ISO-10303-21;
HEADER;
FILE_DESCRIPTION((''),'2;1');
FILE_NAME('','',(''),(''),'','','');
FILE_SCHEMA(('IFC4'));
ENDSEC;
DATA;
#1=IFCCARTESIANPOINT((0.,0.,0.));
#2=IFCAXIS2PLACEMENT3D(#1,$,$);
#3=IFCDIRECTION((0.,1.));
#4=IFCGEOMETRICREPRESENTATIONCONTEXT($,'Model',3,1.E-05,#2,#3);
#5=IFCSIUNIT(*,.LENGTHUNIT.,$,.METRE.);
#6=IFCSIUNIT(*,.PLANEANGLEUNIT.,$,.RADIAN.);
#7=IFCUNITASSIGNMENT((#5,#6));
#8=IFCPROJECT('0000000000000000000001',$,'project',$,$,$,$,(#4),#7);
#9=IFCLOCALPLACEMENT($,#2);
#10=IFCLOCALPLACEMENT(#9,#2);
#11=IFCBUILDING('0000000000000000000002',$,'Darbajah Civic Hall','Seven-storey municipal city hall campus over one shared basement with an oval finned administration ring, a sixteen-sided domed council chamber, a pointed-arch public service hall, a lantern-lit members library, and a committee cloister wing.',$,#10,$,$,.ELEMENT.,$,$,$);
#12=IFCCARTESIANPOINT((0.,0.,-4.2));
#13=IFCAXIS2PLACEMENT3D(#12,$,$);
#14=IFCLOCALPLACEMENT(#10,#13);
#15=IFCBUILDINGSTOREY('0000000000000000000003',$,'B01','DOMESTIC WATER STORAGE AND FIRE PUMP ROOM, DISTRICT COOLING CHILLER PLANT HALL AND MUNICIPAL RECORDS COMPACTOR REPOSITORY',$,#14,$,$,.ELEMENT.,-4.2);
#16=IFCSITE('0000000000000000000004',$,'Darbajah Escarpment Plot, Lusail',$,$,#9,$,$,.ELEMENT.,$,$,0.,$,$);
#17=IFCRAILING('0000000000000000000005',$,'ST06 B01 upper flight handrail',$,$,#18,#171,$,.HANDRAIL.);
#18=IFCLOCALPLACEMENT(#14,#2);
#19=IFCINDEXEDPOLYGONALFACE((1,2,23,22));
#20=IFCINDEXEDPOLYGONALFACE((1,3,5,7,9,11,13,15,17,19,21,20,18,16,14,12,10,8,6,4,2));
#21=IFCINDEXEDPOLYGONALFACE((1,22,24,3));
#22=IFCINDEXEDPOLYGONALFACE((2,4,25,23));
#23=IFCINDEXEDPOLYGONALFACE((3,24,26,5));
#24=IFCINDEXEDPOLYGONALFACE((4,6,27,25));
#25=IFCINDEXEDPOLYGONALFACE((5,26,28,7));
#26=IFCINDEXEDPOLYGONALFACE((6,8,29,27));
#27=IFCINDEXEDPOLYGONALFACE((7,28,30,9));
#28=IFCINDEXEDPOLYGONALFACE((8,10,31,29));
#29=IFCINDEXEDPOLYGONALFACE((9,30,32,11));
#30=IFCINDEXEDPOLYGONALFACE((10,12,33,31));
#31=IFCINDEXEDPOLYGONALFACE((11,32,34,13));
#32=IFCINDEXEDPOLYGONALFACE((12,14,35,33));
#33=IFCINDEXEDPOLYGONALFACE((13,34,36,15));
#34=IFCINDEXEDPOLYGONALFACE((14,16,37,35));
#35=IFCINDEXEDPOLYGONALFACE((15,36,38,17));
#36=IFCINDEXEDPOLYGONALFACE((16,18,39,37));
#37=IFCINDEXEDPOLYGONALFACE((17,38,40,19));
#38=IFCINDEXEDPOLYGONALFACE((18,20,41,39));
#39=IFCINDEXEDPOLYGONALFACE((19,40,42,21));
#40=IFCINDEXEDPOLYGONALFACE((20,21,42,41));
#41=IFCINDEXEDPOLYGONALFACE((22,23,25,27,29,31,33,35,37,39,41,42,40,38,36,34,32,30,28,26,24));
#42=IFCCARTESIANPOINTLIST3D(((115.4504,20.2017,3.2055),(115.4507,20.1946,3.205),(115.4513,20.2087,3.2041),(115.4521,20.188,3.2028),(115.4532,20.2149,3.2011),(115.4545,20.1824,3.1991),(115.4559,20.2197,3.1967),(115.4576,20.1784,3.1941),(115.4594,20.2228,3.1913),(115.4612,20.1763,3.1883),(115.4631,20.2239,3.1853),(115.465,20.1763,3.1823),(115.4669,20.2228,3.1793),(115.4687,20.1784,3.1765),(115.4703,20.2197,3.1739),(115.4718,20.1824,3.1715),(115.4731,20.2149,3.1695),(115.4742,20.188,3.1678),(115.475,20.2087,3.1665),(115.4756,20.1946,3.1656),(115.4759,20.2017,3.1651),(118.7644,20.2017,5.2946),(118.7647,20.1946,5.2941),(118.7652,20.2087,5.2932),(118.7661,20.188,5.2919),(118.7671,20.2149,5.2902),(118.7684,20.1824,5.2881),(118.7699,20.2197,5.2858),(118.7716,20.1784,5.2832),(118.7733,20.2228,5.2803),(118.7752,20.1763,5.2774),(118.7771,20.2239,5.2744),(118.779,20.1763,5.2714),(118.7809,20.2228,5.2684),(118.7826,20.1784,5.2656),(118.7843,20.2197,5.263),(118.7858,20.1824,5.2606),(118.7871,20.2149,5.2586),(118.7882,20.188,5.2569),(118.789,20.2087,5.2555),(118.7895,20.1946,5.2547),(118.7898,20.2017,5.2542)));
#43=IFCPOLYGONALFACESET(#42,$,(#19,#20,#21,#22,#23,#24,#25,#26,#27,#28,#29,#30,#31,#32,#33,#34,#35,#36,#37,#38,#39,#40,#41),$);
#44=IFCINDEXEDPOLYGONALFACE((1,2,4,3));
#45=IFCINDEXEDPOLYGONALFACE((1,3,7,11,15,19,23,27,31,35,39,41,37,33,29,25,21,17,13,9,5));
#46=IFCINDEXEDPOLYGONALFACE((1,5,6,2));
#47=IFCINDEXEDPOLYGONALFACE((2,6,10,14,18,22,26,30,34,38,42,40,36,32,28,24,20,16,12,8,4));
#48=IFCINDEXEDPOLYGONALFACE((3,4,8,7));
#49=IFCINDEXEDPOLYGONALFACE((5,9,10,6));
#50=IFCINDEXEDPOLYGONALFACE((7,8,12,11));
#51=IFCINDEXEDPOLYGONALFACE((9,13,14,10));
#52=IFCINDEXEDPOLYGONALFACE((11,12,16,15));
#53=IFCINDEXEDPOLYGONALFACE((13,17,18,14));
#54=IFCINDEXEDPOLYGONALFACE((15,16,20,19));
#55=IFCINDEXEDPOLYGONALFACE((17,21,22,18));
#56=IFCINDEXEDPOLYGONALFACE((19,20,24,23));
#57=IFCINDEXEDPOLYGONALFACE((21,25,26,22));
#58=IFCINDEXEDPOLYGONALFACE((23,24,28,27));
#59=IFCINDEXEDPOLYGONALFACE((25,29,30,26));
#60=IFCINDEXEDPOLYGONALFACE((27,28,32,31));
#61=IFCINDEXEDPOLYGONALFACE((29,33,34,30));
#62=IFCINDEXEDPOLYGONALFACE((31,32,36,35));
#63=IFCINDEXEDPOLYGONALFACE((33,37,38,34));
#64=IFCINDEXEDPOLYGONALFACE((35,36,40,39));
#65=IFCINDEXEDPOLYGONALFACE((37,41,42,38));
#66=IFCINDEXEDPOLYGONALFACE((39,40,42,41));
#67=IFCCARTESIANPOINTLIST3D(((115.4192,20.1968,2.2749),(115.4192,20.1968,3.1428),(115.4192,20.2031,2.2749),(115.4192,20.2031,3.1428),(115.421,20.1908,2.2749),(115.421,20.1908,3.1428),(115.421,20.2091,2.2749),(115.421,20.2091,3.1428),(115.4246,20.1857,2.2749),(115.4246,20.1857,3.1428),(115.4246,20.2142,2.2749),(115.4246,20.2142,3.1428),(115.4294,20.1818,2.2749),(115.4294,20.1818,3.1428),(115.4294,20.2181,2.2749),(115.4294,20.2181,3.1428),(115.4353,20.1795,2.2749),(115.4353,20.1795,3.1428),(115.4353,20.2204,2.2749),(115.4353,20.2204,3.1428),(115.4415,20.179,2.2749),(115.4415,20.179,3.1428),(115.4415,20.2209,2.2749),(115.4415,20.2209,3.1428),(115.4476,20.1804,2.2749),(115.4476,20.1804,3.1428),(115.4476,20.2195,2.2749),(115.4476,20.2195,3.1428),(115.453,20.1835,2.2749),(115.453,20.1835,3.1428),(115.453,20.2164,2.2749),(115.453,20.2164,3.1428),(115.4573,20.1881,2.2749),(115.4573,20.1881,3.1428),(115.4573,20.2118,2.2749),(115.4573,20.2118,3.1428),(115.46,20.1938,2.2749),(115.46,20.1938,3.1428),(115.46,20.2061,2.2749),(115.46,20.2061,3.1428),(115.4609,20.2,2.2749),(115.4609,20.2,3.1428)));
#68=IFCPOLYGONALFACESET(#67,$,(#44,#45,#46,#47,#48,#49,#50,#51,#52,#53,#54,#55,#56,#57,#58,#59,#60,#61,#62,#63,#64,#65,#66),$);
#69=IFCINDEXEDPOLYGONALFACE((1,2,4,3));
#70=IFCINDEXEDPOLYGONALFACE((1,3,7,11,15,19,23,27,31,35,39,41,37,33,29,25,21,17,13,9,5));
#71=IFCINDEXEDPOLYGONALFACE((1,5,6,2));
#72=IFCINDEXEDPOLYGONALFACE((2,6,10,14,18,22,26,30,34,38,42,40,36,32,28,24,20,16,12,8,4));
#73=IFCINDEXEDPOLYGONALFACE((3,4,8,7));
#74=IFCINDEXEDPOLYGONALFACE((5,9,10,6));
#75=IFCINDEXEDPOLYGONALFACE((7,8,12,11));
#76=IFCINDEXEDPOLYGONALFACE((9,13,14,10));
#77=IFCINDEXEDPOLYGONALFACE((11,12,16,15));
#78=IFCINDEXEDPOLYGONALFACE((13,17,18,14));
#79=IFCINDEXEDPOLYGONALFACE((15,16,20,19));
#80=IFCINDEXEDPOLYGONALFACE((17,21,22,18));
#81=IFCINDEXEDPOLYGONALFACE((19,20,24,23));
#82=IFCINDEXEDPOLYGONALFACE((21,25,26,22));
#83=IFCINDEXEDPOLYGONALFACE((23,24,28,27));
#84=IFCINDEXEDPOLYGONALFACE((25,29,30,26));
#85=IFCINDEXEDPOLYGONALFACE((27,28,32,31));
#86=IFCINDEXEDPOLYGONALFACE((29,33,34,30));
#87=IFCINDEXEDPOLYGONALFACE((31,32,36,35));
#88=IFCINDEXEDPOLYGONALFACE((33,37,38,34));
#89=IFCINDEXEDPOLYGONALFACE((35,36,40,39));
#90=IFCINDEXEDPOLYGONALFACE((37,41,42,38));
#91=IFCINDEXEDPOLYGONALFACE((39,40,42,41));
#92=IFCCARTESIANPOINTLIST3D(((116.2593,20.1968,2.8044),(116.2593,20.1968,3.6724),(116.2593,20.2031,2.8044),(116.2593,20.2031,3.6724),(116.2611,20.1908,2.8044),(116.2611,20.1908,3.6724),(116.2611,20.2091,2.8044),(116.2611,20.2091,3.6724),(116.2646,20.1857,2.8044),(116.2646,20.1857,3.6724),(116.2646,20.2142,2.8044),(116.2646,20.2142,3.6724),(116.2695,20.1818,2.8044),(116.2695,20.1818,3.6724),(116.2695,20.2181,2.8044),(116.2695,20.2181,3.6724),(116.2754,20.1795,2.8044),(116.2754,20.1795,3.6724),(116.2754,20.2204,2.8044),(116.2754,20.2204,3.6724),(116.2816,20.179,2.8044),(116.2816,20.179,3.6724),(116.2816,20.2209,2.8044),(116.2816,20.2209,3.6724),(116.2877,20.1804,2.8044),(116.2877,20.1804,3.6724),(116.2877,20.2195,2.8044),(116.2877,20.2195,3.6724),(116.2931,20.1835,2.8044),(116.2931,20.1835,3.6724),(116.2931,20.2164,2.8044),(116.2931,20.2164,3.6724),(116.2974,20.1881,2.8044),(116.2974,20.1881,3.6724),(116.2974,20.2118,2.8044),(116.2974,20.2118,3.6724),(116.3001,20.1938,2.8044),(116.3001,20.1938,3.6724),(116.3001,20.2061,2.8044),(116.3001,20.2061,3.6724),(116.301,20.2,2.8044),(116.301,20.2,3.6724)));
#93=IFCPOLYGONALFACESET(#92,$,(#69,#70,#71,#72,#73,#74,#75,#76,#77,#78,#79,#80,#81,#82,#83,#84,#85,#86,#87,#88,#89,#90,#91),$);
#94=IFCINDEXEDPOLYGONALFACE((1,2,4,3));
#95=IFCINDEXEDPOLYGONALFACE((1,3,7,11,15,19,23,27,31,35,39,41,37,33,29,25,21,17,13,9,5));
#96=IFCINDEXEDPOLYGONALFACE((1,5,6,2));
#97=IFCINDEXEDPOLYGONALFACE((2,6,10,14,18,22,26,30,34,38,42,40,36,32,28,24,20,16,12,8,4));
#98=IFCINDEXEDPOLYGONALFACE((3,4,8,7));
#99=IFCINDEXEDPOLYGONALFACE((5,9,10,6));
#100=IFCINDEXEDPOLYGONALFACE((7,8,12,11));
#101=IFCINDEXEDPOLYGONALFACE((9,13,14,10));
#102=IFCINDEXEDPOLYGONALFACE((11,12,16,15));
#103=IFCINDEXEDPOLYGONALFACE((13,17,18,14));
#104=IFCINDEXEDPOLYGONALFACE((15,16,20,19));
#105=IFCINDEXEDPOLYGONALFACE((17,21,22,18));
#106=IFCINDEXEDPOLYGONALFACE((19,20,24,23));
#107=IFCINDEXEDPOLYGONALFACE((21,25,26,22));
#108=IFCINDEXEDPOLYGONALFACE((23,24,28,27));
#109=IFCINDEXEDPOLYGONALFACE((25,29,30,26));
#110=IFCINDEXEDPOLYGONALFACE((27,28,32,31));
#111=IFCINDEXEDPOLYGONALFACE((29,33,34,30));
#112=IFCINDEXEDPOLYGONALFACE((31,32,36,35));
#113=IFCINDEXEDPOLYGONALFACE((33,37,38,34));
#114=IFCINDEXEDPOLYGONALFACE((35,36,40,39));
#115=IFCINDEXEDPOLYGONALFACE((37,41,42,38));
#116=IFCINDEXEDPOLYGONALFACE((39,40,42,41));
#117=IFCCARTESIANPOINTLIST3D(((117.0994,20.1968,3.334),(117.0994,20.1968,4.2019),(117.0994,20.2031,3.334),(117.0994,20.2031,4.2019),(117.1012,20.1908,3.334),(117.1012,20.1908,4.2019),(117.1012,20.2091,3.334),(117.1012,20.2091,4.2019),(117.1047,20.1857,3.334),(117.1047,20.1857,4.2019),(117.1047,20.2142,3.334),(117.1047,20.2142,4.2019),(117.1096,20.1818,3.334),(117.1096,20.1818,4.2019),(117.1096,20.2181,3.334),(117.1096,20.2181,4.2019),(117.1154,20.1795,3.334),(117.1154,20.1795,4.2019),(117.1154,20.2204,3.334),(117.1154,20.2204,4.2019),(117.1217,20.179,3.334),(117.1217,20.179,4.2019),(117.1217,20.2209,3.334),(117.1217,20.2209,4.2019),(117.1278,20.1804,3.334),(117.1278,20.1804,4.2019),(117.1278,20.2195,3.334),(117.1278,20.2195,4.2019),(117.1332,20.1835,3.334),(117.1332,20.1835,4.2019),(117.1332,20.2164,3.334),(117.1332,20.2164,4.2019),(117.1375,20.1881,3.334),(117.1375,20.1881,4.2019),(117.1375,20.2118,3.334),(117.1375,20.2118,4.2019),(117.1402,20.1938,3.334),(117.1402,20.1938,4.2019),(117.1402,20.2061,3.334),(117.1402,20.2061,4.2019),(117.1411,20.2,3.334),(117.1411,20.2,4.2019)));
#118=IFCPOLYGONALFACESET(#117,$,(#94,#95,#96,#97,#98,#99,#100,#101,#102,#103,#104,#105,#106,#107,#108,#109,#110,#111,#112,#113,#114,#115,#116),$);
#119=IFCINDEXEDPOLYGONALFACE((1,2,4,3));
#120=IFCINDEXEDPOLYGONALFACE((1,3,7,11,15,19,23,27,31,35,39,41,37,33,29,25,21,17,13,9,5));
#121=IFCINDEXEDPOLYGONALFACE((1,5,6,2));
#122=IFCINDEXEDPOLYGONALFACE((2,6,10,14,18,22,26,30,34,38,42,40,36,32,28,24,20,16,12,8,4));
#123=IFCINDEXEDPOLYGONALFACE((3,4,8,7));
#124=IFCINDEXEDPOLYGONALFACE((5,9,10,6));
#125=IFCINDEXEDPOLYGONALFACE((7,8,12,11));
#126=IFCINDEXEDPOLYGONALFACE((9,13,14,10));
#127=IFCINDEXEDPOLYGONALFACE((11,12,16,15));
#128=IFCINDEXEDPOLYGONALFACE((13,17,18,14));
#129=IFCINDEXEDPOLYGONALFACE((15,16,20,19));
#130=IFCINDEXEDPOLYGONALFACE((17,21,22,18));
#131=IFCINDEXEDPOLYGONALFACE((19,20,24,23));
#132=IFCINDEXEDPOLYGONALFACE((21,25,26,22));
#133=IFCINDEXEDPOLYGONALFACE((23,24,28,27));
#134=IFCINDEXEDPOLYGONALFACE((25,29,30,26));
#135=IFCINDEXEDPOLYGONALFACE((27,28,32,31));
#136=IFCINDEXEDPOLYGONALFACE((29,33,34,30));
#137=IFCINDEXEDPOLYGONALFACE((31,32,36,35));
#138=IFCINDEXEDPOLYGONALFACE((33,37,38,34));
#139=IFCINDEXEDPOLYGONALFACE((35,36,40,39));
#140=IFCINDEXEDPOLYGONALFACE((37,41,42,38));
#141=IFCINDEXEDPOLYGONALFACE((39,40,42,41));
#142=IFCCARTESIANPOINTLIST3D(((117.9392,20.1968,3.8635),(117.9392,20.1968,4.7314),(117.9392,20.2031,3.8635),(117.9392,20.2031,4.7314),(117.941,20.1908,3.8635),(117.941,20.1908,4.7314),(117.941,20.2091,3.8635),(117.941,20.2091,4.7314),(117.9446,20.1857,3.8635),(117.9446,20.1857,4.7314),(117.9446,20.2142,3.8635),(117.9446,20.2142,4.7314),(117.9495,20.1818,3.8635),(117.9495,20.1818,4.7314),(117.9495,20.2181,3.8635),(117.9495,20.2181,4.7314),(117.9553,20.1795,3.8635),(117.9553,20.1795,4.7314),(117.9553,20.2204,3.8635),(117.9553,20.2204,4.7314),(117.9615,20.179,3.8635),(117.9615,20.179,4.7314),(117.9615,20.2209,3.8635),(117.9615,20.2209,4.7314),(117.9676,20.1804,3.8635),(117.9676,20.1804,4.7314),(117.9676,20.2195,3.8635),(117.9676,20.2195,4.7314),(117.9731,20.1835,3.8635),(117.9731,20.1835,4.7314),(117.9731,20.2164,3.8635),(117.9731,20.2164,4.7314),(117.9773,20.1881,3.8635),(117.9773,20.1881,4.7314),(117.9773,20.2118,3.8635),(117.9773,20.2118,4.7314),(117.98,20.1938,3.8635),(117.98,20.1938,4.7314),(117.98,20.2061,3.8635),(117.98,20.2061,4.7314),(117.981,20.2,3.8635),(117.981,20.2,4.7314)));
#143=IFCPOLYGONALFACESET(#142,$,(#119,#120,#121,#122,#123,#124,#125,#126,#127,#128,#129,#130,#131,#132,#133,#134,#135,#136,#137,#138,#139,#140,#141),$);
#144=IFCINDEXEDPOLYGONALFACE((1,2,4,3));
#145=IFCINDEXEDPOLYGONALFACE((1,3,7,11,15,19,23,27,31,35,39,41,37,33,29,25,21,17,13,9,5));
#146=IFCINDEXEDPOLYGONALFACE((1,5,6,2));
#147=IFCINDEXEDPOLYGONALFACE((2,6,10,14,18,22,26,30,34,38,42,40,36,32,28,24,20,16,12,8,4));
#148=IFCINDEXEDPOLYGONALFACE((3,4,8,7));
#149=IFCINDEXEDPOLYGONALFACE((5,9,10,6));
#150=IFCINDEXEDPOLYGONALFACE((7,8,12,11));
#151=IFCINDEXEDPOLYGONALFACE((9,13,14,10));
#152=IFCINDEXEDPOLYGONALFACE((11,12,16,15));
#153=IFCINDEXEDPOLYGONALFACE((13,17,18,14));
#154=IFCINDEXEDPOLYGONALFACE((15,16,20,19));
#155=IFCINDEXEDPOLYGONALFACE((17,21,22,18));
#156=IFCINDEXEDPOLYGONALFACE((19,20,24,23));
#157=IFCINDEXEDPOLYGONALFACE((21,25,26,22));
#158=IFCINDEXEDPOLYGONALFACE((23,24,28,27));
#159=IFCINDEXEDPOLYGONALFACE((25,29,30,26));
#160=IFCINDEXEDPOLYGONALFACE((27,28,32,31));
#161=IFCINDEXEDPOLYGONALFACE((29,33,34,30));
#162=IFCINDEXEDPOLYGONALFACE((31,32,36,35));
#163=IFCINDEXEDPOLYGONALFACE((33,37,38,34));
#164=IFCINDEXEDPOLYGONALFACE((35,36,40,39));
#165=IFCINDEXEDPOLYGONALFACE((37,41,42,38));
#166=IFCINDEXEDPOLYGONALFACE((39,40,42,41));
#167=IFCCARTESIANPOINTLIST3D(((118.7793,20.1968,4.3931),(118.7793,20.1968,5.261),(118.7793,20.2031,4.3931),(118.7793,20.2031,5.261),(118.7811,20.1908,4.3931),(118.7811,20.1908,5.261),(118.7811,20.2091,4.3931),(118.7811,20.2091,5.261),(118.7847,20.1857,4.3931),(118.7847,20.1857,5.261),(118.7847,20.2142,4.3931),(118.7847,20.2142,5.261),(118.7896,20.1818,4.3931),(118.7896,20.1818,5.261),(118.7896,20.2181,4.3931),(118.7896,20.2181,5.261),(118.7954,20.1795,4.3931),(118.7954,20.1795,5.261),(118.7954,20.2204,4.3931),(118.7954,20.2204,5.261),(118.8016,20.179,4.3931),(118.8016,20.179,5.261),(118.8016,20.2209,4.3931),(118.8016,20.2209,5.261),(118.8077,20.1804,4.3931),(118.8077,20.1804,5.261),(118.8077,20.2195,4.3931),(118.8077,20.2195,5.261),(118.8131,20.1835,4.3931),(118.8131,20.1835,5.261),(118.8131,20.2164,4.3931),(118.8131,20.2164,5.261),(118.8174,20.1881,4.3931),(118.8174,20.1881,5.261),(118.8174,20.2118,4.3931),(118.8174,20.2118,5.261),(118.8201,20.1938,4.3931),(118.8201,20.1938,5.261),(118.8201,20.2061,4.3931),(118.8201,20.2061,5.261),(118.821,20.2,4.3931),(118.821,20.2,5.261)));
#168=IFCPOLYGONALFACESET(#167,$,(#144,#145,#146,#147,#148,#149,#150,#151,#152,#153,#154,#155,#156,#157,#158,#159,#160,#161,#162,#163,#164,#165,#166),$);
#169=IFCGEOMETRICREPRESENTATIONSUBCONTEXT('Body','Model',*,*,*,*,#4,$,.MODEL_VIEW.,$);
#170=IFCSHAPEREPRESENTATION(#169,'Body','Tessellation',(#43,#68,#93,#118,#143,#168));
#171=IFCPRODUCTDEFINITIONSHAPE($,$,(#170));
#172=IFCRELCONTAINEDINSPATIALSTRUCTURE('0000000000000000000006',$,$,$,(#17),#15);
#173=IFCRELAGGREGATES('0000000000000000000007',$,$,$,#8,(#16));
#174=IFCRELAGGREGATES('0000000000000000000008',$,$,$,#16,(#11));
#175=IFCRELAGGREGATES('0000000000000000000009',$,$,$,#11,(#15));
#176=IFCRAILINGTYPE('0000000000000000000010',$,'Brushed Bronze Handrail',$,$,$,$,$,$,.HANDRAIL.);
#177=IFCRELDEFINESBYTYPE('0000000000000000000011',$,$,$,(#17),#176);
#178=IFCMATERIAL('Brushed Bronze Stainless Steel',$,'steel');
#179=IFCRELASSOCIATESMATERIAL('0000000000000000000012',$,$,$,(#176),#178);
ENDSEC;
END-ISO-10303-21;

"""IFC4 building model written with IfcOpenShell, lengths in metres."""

from ifc_helpers import new_model, si_unit, direction, frame, origin, origin_2d, place, context, subcontext, project, spatial, circle, extrude, material, type_object, element, save


model = new_model("IFC4")

# Units and contexts
model_context = context("Model", 3, precision=1e-05, world=origin(), true_north=direction((0.0, 1.0)))
body_context = subcontext(model_context, "Body", "Model", "MODEL_VIEW")
ifc_project = project(units=[si_unit("LENGTHUNIT", "METRE"), si_unit("PLANEANGLEUNIT", "RADIAN")], contexts=[model_context])

# Site, building, storey
site_placement = place(None, origin())
site = spatial("IfcSite", under=ifc_project, at=site_placement, Name="Darbajah Escarpment Plot, Lusail", CompositionType="ELEMENT", RefElevation=0.0)
building_placement = place(site_placement, origin())
building = spatial("IfcBuilding", under=site, at=building_placement, Name="Darbajah Civic Hall", Description="Seven-storey municipal city hall campus over one shared basement with an oval finned administration ring, a sixteen-sided domed council chamber, a pointed-arch public service hall, a lantern-lit members library, and a committee cloister wing.", CompositionType="ELEMENT")
storey_placement = place(building_placement, frame((0.0, 0.0, -4.2)))
storey = spatial("IfcBuildingStorey", under=building, at=storey_placement, Name="B01", Description="DOMESTIC WATER STORAGE AND FIRE PUMP ROOM, DISTRICT COOLING CHILLER PLANT HALL AND MUNICIPAL RECORDS COMPACTOR REPOSITORY", CompositionType="ELEMENT", Elevation=-4.2)

# Railing
ifc_material_1 = material(Name="Brushed Bronze Stainless Steel", Category="steel")
railing_type_1 = type_object("IfcRailingType", Name="Brushed Bronze Handrail", PredefinedType="HANDRAIL", material=ifc_material_1)
railing_1_placement = place(storey_placement, frame((115.4399, 20.2, 2.2749)))
element("IfcRailing", 1, at=railing_1_placement, inside=storey, type_object=railing_type_1, Name="ST06 B01 upper flight handrail", PredefinedType="HANDRAIL", context=body_context, shape_type="SweptSolid", body=[
    extrude(circle(Radius=0.0239, at=origin_2d()), frame((0.0232, 0.0, 0.9104), z_axis=(0.845944, 0.0, 0.533271), x_axis=(0.0, 1.0, 0.0)), (0.0, 0.0, 1.0), 3.9175),
    extrude(circle(Radius=0.021, at=origin_2d()), origin(), (0.0, 0.0, 1.0), 0.8679),
    extrude(circle(Radius=0.021, at=origin_2d()), frame((0.8401, 0.0, 0.5295)), (0.0, 0.0, 1.0), 0.8679),
    extrude(circle(Radius=0.021, at=origin_2d()), frame((1.6802, 0.0, 1.0591)), (0.0, 0.0, 1.0), 0.8679),
    extrude(circle(Radius=0.021, at=origin_2d()), frame((2.52, 0.0, 1.5886)), (0.0, 0.0, 1.0), 0.8679),
    extrude(circle(Radius=0.021, at=origin_2d()), frame((3.3601, 0.0, 2.1182)), (0.0, 0.0, 1.0), 0.8679),
])

save(model, "model.ifc")
